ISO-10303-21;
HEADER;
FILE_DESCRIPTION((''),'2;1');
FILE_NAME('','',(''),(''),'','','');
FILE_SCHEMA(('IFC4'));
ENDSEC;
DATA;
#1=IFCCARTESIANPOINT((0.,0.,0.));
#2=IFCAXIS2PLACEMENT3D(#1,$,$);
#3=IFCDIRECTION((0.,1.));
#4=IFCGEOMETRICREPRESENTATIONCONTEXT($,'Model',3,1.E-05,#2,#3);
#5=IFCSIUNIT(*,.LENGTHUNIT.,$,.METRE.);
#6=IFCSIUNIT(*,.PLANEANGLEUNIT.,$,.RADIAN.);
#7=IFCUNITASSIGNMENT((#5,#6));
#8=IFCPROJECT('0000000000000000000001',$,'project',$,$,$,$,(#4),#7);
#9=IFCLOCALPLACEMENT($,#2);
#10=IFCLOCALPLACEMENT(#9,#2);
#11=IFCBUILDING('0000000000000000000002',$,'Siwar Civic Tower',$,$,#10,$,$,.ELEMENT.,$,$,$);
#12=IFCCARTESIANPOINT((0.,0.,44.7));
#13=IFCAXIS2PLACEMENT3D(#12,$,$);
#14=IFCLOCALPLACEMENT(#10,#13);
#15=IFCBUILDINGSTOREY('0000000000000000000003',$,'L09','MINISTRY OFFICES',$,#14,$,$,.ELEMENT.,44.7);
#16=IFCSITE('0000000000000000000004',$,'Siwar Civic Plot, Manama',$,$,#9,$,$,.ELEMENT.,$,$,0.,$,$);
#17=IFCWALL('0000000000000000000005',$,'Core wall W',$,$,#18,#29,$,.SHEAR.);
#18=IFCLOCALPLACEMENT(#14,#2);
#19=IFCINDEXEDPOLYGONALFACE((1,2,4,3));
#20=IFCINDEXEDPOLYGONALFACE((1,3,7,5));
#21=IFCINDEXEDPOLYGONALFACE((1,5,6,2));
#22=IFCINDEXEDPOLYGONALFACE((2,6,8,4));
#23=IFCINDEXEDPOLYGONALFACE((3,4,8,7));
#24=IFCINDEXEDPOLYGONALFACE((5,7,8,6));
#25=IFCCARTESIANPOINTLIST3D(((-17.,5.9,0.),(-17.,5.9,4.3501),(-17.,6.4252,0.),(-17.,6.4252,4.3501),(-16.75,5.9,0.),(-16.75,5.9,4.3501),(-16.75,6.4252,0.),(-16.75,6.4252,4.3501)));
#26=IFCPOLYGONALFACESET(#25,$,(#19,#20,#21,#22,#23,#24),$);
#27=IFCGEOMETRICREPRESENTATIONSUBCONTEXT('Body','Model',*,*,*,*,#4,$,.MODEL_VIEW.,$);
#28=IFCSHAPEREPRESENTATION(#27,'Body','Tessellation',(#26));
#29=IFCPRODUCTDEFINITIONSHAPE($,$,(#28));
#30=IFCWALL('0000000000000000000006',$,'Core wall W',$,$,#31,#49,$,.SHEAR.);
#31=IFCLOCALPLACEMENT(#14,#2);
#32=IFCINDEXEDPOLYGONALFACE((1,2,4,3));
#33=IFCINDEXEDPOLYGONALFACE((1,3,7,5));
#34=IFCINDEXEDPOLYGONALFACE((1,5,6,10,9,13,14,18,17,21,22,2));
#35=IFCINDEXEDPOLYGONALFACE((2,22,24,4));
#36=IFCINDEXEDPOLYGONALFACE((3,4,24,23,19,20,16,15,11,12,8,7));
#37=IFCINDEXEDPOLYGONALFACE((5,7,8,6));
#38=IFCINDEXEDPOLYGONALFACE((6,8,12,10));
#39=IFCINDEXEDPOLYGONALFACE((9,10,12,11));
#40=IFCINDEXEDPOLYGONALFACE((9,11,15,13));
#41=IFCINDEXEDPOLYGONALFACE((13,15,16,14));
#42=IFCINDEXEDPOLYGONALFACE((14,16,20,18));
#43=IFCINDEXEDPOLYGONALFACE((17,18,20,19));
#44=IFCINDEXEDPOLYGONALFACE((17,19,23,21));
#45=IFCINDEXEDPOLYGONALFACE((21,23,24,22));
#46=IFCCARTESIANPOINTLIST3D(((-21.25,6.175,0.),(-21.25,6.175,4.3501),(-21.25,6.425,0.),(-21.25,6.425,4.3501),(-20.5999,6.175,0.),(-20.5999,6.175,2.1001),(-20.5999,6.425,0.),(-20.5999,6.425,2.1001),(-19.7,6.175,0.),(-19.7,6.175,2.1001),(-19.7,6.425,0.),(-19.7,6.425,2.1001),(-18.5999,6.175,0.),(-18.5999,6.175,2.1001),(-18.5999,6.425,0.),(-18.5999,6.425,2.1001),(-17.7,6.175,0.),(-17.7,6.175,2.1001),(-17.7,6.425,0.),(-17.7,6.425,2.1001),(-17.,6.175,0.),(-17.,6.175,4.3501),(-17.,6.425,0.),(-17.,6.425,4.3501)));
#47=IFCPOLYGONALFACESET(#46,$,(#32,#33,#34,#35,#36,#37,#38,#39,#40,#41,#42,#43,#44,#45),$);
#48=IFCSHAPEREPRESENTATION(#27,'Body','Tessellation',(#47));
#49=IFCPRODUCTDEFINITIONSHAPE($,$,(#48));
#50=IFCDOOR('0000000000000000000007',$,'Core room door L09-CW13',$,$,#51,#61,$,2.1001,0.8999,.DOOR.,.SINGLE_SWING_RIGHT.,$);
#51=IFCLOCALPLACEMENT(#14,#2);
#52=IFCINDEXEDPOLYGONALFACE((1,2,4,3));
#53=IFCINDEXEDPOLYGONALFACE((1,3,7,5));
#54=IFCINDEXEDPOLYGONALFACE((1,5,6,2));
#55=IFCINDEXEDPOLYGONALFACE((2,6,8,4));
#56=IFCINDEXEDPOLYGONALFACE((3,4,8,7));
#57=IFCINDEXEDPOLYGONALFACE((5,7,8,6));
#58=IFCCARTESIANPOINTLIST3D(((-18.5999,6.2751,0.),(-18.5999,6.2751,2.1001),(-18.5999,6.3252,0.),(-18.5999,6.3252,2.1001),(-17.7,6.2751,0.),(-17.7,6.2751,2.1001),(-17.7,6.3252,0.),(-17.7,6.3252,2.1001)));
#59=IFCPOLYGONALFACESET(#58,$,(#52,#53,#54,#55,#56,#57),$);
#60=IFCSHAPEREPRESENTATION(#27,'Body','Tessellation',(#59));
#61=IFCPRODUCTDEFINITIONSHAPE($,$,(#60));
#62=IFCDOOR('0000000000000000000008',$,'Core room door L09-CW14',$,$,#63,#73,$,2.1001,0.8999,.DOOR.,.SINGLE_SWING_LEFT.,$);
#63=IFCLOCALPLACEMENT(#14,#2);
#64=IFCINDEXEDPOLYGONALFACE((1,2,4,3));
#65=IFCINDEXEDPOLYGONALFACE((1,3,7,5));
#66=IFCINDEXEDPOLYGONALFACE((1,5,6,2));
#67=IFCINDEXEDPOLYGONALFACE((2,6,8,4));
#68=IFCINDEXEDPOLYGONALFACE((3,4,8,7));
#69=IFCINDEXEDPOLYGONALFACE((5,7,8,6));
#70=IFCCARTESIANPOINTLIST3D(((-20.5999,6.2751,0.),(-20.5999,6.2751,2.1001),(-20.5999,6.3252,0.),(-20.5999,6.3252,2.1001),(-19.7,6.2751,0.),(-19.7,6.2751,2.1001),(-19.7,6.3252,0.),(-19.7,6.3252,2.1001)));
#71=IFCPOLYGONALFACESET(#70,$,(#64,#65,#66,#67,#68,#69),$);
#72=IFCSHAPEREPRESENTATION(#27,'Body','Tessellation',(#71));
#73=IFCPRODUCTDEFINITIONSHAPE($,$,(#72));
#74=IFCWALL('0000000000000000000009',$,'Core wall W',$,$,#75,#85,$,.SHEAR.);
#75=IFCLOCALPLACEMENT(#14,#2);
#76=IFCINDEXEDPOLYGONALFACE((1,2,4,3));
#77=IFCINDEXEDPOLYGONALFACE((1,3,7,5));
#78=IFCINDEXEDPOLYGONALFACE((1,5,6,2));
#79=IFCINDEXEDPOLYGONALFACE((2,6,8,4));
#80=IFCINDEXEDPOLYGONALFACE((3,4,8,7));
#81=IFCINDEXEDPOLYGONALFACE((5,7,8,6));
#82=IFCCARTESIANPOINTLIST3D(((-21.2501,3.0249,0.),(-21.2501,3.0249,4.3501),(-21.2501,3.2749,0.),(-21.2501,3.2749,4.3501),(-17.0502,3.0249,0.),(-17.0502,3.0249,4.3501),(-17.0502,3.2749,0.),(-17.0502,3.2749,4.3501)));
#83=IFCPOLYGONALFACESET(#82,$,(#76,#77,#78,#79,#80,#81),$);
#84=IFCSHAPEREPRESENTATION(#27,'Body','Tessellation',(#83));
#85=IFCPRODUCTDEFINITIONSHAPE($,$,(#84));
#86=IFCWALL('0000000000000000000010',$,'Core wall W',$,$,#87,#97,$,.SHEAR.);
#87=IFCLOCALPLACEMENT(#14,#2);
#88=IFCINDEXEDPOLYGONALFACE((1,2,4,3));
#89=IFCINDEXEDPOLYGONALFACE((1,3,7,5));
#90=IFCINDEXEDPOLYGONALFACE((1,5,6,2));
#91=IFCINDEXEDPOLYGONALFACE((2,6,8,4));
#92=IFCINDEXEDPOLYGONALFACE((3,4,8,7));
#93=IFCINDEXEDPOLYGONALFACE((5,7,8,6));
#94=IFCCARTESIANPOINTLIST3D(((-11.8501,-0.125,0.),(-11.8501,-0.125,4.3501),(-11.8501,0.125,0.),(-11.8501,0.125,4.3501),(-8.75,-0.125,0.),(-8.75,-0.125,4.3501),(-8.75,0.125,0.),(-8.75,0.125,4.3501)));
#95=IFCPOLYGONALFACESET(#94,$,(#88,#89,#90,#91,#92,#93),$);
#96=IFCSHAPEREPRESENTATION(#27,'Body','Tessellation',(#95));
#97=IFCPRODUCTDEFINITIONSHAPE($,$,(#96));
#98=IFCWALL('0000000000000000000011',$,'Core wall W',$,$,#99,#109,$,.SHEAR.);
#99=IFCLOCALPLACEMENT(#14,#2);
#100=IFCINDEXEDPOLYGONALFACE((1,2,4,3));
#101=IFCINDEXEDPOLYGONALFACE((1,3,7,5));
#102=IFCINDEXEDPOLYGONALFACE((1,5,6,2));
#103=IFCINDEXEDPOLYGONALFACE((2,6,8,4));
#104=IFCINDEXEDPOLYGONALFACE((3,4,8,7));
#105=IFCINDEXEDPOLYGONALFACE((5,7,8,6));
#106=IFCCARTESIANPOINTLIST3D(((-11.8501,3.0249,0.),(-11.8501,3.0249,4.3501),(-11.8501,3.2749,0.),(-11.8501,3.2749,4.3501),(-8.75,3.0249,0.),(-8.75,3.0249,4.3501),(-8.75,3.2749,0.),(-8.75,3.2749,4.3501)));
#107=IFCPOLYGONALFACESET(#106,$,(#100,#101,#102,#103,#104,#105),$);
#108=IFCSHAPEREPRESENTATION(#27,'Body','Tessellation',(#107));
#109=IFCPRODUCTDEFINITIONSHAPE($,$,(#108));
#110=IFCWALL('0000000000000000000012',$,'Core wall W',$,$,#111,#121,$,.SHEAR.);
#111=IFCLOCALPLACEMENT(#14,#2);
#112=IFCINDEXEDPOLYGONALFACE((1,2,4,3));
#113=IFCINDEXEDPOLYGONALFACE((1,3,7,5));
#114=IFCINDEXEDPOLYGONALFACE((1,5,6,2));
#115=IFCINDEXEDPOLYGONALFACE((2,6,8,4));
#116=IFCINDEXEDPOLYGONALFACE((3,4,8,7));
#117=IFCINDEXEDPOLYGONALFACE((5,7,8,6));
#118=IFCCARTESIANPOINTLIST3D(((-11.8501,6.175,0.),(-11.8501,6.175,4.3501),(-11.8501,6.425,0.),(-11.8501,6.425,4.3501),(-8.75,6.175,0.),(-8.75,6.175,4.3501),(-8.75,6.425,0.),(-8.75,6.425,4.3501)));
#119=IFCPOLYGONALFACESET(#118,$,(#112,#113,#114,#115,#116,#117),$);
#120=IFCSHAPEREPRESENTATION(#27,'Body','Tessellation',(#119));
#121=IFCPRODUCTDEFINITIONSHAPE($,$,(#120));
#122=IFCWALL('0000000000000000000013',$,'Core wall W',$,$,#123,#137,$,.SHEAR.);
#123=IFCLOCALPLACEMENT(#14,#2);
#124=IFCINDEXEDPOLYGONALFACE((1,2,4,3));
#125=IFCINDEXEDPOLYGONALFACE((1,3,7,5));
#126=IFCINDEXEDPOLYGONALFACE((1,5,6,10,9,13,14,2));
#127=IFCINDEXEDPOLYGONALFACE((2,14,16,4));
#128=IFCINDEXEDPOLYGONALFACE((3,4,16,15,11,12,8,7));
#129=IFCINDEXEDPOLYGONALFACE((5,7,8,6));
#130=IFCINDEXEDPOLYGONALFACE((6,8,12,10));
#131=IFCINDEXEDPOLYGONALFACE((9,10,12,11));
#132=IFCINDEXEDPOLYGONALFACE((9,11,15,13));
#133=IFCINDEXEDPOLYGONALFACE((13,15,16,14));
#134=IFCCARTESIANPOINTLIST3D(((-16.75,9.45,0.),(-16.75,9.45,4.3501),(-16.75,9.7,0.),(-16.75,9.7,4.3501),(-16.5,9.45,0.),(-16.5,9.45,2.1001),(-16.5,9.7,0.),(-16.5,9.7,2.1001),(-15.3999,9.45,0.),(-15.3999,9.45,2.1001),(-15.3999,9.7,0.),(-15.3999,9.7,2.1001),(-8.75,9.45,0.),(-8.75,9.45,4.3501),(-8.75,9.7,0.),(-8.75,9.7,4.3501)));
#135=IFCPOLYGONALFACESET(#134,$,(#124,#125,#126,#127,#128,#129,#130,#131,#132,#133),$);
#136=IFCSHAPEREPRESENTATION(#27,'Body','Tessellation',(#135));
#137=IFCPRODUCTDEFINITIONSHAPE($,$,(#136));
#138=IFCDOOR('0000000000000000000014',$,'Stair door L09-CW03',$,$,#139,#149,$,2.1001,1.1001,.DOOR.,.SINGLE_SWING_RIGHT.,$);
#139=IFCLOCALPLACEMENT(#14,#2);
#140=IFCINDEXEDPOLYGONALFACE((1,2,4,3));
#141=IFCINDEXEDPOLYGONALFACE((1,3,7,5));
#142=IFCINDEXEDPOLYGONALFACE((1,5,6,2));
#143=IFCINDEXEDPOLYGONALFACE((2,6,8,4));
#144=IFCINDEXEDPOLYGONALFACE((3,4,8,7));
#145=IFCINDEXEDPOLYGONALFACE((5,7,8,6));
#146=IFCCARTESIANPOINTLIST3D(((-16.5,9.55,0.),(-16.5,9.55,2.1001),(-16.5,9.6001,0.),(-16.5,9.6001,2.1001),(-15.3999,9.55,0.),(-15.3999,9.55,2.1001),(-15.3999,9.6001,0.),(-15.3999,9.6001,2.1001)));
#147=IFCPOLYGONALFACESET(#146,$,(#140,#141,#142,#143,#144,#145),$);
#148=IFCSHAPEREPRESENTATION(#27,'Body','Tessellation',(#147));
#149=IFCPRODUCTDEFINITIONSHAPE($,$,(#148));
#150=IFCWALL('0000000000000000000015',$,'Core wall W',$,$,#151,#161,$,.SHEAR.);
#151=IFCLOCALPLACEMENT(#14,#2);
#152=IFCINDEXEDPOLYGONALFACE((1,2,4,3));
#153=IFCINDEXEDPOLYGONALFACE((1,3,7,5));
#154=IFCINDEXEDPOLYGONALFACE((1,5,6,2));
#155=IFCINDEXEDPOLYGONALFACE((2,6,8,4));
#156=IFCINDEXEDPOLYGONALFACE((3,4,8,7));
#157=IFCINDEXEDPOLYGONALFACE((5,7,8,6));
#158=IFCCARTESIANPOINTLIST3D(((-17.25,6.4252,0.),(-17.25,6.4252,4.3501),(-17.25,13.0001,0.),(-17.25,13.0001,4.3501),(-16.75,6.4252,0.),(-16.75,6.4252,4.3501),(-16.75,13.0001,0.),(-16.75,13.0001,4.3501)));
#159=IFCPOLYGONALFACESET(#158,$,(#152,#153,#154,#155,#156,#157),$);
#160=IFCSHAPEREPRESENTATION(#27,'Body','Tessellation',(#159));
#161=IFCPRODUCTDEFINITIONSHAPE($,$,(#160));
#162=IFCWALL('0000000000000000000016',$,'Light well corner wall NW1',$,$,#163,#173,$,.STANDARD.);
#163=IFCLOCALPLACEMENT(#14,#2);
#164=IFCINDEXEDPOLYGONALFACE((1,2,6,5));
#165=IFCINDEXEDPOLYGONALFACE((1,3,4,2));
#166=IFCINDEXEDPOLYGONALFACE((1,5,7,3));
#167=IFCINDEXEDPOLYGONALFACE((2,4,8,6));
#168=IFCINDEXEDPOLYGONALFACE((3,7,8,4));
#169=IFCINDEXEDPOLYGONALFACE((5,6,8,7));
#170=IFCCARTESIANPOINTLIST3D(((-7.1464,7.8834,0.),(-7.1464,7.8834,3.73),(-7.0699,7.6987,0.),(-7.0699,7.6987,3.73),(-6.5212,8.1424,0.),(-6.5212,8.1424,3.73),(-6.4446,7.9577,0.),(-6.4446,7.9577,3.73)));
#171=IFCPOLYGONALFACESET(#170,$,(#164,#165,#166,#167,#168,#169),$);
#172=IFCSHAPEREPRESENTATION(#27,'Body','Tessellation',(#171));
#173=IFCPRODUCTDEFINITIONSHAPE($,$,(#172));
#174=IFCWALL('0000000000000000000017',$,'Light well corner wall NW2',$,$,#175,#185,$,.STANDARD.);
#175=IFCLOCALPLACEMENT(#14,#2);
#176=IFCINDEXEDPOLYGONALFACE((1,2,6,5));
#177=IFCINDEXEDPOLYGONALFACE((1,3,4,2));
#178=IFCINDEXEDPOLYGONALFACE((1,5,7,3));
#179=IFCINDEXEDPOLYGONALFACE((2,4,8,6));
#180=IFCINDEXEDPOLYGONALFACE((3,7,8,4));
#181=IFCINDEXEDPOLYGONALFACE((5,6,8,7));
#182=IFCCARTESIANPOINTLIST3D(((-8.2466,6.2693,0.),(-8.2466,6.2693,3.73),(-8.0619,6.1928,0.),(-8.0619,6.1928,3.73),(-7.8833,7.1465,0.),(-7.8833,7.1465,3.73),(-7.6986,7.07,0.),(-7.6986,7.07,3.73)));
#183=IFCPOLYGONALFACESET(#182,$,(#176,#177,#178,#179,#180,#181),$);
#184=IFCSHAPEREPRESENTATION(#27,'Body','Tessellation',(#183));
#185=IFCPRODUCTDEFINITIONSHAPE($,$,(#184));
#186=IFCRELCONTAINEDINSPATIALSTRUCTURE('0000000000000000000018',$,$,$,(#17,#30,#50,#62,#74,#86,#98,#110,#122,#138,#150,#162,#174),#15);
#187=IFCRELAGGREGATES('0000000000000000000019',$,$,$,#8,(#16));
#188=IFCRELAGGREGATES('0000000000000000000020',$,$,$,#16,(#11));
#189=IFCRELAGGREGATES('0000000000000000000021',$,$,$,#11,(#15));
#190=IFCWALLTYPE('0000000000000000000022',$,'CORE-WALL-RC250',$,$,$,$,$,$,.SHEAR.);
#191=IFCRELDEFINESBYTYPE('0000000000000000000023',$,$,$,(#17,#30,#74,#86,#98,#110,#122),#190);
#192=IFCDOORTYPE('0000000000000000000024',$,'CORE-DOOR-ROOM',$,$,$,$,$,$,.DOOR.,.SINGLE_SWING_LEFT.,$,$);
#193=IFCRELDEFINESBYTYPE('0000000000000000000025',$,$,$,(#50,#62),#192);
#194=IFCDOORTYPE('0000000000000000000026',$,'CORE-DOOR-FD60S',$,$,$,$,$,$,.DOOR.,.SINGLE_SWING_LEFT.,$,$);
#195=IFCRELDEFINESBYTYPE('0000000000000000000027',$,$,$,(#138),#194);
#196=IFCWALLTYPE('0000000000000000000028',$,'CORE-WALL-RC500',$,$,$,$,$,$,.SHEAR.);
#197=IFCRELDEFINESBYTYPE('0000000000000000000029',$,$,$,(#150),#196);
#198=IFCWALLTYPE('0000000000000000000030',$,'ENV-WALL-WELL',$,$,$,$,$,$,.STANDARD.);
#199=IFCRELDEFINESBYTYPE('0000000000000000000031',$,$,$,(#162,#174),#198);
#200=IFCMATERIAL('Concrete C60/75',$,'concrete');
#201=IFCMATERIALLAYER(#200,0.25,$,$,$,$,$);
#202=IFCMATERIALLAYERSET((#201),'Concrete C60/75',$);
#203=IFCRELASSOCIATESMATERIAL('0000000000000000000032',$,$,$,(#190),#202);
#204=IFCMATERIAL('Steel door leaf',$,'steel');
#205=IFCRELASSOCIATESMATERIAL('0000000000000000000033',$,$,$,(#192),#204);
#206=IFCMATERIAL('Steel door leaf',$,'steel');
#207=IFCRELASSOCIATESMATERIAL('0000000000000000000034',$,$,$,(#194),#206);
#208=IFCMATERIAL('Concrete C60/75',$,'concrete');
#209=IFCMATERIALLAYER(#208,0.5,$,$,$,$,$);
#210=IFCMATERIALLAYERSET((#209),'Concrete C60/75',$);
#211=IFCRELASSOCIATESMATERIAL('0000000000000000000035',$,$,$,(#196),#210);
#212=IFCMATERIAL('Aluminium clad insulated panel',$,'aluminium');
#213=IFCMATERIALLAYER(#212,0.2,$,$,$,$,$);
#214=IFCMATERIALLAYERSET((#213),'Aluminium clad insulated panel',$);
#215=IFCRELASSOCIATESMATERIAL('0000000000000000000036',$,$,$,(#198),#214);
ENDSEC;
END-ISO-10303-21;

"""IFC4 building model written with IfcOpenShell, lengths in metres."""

from ifc_helpers import new_model, si_unit, direction, frame, frame_2d, origin, place, context, subcontext, project, spatial, rectangle, extrude, material, layer, layer_set, type_object, element, fill, save


model = new_model("IFC4")

# Units and contexts
model_context = context("Model", 3, precision=1e-05, world=origin(), true_north=direction((0.0, 1.0)))
body_context = subcontext(model_context, "Body", "Model", "MODEL_VIEW")
ifc_project = project(units=[si_unit("LENGTHUNIT", "METRE"), si_unit("PLANEANGLEUNIT", "RADIAN")], contexts=[model_context])

# Site, building, storey
site_placement = place(None, origin())
site = spatial("IfcSite", under=ifc_project, at=site_placement, Name="Siwar Civic Plot, Manama", CompositionType="ELEMENT", RefElevation=0.0)
building_placement = place(site_placement, origin())
building = spatial("IfcBuilding", under=site, at=building_placement, Name="Siwar Civic Tower", CompositionType="ELEMENT")
storey_placement = place(building_placement, frame((0.0, 0.0, 44.7)))
storey = spatial("IfcBuildingStorey", under=building, at=storey_placement, Name="L09", Description="MINISTRY OFFICES", CompositionType="ELEMENT", Elevation=44.7)

# Shared definitions
ifc_material_1 = material(Name="Concrete C60/75", Category="concrete")
ifc_layer_1 = layer(ifc_material_1, 0.25)
ifc_layer_set_1 = layer_set([ifc_layer_1], Name="Concrete C60/75")
wall_type_1 = type_object("IfcWallType", Name="CORE-WALL-RC250", PredefinedType="SHEAR", material=ifc_layer_set_1)

# Wall
wall_1_placement = place(storey_placement, frame((-16.875, 5.8999, 0.0), z_axis=(0.0, 0.0, 1.0), x_axis=(0.0, 1.0, 0.0)))
element("IfcWall", 1, at=wall_1_placement, inside=storey, type_object=wall_type_1, Name="Core wall W", PredefinedType="SHEAR", context=body_context, shape_type="SweptSolid", body=[
    extrude(rectangle(XDim=0.5251, YDim=0.25, at=frame_2d((0.2627, 0.0))), origin(), (0.0, 0.0, 1.0), 4.3501),
])

# Wall, openings, doors
wall_2_placement = place(storey_placement, frame((-17.0, 6.3, 0.0), z_axis=(0.0, 0.0, 1.0), x_axis=(-1.0, 0.0, 0.0)))
wall_2 = element("IfcWall", 2, at=wall_2_placement, inside=storey, type_object=wall_type_1, Name="Core wall W", PredefinedType="SHEAR", context=body_context, shape_type="SweptSolid", body=[
    extrude(rectangle(XDim=4.25, YDim=0.25, at=frame_2d((2.125, 0.0))), origin(), (0.0, 0.0, 1.0), 4.3501),
])
opening_1_placement = place(wall_2_placement, frame((0.7, 0.0, 0.0)))
opening_1 = element("IfcOpeningElement", 3, at=opening_1_placement, cuts=wall_2, PredefinedType="OPENING", context=body_context, shape_type="SweptSolid", body=[
    extrude(rectangle(XDim=0.8999, YDim=2.1001, at=frame_2d((0.45, 1.05))), frame((0.0, 0.135, 0.0), z_axis=(0.0, -1.0, 0.0), x_axis=(1.0, 0.0, 0.0)), (0.0, 0.0, 1.0), 0.27),
])
opening_2_placement = place(wall_2_placement, frame((2.7, 0.0, 0.0)))
opening_2 = element("IfcOpeningElement", 4, at=opening_2_placement, cuts=wall_2, PredefinedType="OPENING", context=body_context, shape_type="SweptSolid", body=[
    extrude(rectangle(XDim=0.8999, YDim=2.1001, at=frame_2d((0.45, 1.05))), frame((0.0, 0.135, 0.0), z_axis=(0.0, -1.0, 0.0), x_axis=(1.0, 0.0, 0.0)), (0.0, 0.0, 1.0), 0.27),
])
ifc_material_2 = material(Name="Steel door leaf", Category="steel")
door_type_1 = type_object("IfcDoorType", Name="CORE-DOOR-ROOM", OperationType="SINGLE_SWING_LEFT", PredefinedType="DOOR", material=ifc_material_2)
door_1_placement = place(opening_1_placement, origin())
door_1 = element("IfcDoor", 5, at=door_1_placement, inside=storey, type_object=door_type_1, Name="Core room door L09-CW13", OperationType="SINGLE_SWING_RIGHT", OverallHeight=2.1001, OverallWidth=0.8999, PredefinedType="DOOR", context=body_context, shape_type="SweptSolid", body=[
    extrude(rectangle(XDim=0.8999, YDim=2.1001, at=frame_2d((0.45, 1.05))), frame((0.0, 0.0249, 0.0), z_axis=(0.0, -1.0, 0.0), x_axis=(1.0, 0.0, 0.0)), (0.0, 0.0, 1.0), 0.05),
])
fill(opening_1, door_1)
door_2_placement = place(opening_2_placement, origin())
door_2 = element("IfcDoor", 6, at=door_2_placement, inside=storey, type_object=door_type_1, Name="Core room door L09-CW14", OperationType="SINGLE_SWING_LEFT", OverallHeight=2.1001, OverallWidth=0.8999, PredefinedType="DOOR", context=body_context, shape_type="SweptSolid", body=[
    extrude(rectangle(XDim=0.8999, YDim=2.1001, at=frame_2d((0.45, 1.05))), frame((0.0, 0.0249, 0.0), z_axis=(0.0, -1.0, 0.0), x_axis=(1.0, 0.0, 0.0)), (0.0, 0.0, 1.0), 0.05),
])
fill(opening_2, door_2)

# Walls
wall_3_placement = place(storey_placement, frame((-17.05, 3.1499, 0.0), z_axis=(0.0, 0.0, 1.0), x_axis=(-1.0, 0.0, 0.0)))
element("IfcWall", 7, at=wall_3_placement, inside=storey, type_object=wall_type_1, Name="Core wall W", PredefinedType="SHEAR", context=body_context, shape_type="SweptSolid", body=[
    extrude(rectangle(XDim=4.2, YDim=0.25, at=frame_2d((2.1001, 0.0))), origin(), (0.0, 0.0, 1.0), 4.3501),
])
for number, where, z_axis, x_axis, name in (
    (8, (-8.75, 0.0, 0.0), (0.0, 0.0, 1.0), (-1.0, 0.0, 0.0), "Core wall W"),
    (9, (-8.75, 3.1499, 0.0), (0.0, 0.0, 1.0), (-1.0, 0.0, 0.0), "Core wall W"),
    (10, (-8.75, 6.3, 0.0), (0.0, 0.0, 1.0), (-1.0, 0.0, 0.0), "Core wall W"),
):
    element("IfcWall", number, at=place(storey_placement, frame(where, z_axis=z_axis, x_axis=x_axis)), inside=storey, type_object=wall_type_1, Name=name, PredefinedType="SHEAR", context=body_context, shape_type="SweptSolid", body=[
        extrude(rectangle(XDim=3.1001, YDim=0.25, at=frame_2d((1.55, 0.0))), origin(), (0.0, 0.0, 1.0), 4.3501),
    ])

# Wall, opening, door
wall_4_placement = place(storey_placement, frame((-8.75, 9.575, 0.0), z_axis=(0.0, 0.0, 1.0), x_axis=(-1.0, 0.0, 0.0)))
wall_4 = element("IfcWall", 11, at=wall_4_placement, inside=storey, type_object=wall_type_1, Name="Core wall W", PredefinedType="SHEAR", context=body_context, shape_type="SweptSolid", body=[
    extrude(rectangle(XDim=8.0, YDim=0.25, at=frame_2d((4.0, 0.0))), origin(), (0.0, 0.0, 1.0), 4.3501),
])
opening_3_placement = place(wall_4_placement, frame((6.6499, 0.0, 0.0)))
opening_3 = element("IfcOpeningElement", 12, at=opening_3_placement, cuts=wall_4, PredefinedType="OPENING", context=body_context, shape_type="SweptSolid", body=[
    extrude(rectangle(XDim=1.1001, YDim=2.1001, at=frame_2d((0.55, 1.05))), frame((0.0, 0.135, 0.0), z_axis=(0.0, -1.0, 0.0), x_axis=(1.0, 0.0, 0.0)), (0.0, 0.0, 1.0), 0.27),
])
ifc_material_3 = material(Name="Steel door leaf", Category="steel")
door_type_2 = type_object("IfcDoorType", Name="CORE-DOOR-FD60S", OperationType="SINGLE_SWING_LEFT", PredefinedType="DOOR", material=ifc_material_3)
door_3_placement = place(opening_3_placement, origin())
door_3 = element("IfcDoor", 13, at=door_3_placement, inside=storey, type_object=door_type_2, Name="Stair door L09-CW03", OperationType="SINGLE_SWING_RIGHT", OverallHeight=2.1001, OverallWidth=1.1001, PredefinedType="DOOR", context=body_context, shape_type="SweptSolid", body=[
    extrude(rectangle(XDim=1.1001, YDim=2.1001, at=frame_2d((0.55, 1.05))), frame((0.0, 0.0249, 0.0), z_axis=(0.0, -1.0, 0.0), x_axis=(1.0, 0.0, 0.0)), (0.0, 0.0, 1.0), 0.05),
])
fill(opening_3, door_3)

# Walls
ifc_material_4 = material(Name="Concrete C60/75", Category="concrete")
ifc_layer_2 = layer(ifc_material_4, 0.5)
ifc_layer_set_2 = layer_set([ifc_layer_2], Name="Concrete C60/75")
wall_type_2 = type_object("IfcWallType", Name="CORE-WALL-RC500", PredefinedType="SHEAR", material=ifc_layer_set_2)
wall_5_placement = place(storey_placement, frame((-17.0, 6.425, 0.0), z_axis=(0.0, 0.0, 1.0), x_axis=(0.0, 1.0, 0.0)))
element("IfcWall", 14, at=wall_5_placement, inside=storey, type_object=wall_type_2, Name="Core wall W", PredefinedType="SHEAR", context=body_context, shape_type="SweptSolid", body=[
    extrude(rectangle(XDim=6.575, YDim=0.5, at=frame_2d((3.2876, 0.0))), origin(), (0.0, 0.0, 1.0), 4.3501),
])
ifc_material_5 = material(Name="Aluminium clad insulated panel", Category="aluminium")
ifc_layer_3 = layer(ifc_material_5, 0.2)
ifc_layer_set_3 = layer_set([ifc_layer_3], Name="Aluminium clad insulated panel")
wall_type_3 = type_object("IfcWallType", Name="ENV-WALL-WELL", PredefinedType="STANDARD", material=ifc_layer_set_3)
wall_6_placement = place(storey_placement, frame((-6.4829, 8.05, 0.0), z_axis=(0.0, 0.0, 1.0), x_axis=(-0.923854, -0.382745, 0.0)))
element("IfcWall", 15, at=wall_6_placement, inside=storey, type_object=wall_type_3, Name="Light well corner wall NW1", PredefinedType="STANDARD", context=body_context, shape_type="SweptSolid", body=[
    extrude(rectangle(XDim=0.6768, YDim=0.2, at=frame_2d((0.3384, 0.0))), origin(), (0.0, 0.0, 1.0), 3.73),
])
wall_7_placement = place(storey_placement, frame((-7.791, 7.1082, 0.0), z_axis=(0.0, 0.0, 1.0), x_axis=(-0.382624, -0.923904, 0.0)))
element("IfcWall", 16, at=wall_7_placement, inside=storey, type_object=wall_type_3, Name="Light well corner wall NW2", PredefinedType="STANDARD", context=body_context, shape_type="SweptSolid", body=[
    extrude(rectangle(XDim=0.9495, YDim=0.2, at=frame_2d((0.4746, 0.0))), origin(), (0.0, 0.0, 1.0), 3.73),
])

save(model, "model.ifc")
